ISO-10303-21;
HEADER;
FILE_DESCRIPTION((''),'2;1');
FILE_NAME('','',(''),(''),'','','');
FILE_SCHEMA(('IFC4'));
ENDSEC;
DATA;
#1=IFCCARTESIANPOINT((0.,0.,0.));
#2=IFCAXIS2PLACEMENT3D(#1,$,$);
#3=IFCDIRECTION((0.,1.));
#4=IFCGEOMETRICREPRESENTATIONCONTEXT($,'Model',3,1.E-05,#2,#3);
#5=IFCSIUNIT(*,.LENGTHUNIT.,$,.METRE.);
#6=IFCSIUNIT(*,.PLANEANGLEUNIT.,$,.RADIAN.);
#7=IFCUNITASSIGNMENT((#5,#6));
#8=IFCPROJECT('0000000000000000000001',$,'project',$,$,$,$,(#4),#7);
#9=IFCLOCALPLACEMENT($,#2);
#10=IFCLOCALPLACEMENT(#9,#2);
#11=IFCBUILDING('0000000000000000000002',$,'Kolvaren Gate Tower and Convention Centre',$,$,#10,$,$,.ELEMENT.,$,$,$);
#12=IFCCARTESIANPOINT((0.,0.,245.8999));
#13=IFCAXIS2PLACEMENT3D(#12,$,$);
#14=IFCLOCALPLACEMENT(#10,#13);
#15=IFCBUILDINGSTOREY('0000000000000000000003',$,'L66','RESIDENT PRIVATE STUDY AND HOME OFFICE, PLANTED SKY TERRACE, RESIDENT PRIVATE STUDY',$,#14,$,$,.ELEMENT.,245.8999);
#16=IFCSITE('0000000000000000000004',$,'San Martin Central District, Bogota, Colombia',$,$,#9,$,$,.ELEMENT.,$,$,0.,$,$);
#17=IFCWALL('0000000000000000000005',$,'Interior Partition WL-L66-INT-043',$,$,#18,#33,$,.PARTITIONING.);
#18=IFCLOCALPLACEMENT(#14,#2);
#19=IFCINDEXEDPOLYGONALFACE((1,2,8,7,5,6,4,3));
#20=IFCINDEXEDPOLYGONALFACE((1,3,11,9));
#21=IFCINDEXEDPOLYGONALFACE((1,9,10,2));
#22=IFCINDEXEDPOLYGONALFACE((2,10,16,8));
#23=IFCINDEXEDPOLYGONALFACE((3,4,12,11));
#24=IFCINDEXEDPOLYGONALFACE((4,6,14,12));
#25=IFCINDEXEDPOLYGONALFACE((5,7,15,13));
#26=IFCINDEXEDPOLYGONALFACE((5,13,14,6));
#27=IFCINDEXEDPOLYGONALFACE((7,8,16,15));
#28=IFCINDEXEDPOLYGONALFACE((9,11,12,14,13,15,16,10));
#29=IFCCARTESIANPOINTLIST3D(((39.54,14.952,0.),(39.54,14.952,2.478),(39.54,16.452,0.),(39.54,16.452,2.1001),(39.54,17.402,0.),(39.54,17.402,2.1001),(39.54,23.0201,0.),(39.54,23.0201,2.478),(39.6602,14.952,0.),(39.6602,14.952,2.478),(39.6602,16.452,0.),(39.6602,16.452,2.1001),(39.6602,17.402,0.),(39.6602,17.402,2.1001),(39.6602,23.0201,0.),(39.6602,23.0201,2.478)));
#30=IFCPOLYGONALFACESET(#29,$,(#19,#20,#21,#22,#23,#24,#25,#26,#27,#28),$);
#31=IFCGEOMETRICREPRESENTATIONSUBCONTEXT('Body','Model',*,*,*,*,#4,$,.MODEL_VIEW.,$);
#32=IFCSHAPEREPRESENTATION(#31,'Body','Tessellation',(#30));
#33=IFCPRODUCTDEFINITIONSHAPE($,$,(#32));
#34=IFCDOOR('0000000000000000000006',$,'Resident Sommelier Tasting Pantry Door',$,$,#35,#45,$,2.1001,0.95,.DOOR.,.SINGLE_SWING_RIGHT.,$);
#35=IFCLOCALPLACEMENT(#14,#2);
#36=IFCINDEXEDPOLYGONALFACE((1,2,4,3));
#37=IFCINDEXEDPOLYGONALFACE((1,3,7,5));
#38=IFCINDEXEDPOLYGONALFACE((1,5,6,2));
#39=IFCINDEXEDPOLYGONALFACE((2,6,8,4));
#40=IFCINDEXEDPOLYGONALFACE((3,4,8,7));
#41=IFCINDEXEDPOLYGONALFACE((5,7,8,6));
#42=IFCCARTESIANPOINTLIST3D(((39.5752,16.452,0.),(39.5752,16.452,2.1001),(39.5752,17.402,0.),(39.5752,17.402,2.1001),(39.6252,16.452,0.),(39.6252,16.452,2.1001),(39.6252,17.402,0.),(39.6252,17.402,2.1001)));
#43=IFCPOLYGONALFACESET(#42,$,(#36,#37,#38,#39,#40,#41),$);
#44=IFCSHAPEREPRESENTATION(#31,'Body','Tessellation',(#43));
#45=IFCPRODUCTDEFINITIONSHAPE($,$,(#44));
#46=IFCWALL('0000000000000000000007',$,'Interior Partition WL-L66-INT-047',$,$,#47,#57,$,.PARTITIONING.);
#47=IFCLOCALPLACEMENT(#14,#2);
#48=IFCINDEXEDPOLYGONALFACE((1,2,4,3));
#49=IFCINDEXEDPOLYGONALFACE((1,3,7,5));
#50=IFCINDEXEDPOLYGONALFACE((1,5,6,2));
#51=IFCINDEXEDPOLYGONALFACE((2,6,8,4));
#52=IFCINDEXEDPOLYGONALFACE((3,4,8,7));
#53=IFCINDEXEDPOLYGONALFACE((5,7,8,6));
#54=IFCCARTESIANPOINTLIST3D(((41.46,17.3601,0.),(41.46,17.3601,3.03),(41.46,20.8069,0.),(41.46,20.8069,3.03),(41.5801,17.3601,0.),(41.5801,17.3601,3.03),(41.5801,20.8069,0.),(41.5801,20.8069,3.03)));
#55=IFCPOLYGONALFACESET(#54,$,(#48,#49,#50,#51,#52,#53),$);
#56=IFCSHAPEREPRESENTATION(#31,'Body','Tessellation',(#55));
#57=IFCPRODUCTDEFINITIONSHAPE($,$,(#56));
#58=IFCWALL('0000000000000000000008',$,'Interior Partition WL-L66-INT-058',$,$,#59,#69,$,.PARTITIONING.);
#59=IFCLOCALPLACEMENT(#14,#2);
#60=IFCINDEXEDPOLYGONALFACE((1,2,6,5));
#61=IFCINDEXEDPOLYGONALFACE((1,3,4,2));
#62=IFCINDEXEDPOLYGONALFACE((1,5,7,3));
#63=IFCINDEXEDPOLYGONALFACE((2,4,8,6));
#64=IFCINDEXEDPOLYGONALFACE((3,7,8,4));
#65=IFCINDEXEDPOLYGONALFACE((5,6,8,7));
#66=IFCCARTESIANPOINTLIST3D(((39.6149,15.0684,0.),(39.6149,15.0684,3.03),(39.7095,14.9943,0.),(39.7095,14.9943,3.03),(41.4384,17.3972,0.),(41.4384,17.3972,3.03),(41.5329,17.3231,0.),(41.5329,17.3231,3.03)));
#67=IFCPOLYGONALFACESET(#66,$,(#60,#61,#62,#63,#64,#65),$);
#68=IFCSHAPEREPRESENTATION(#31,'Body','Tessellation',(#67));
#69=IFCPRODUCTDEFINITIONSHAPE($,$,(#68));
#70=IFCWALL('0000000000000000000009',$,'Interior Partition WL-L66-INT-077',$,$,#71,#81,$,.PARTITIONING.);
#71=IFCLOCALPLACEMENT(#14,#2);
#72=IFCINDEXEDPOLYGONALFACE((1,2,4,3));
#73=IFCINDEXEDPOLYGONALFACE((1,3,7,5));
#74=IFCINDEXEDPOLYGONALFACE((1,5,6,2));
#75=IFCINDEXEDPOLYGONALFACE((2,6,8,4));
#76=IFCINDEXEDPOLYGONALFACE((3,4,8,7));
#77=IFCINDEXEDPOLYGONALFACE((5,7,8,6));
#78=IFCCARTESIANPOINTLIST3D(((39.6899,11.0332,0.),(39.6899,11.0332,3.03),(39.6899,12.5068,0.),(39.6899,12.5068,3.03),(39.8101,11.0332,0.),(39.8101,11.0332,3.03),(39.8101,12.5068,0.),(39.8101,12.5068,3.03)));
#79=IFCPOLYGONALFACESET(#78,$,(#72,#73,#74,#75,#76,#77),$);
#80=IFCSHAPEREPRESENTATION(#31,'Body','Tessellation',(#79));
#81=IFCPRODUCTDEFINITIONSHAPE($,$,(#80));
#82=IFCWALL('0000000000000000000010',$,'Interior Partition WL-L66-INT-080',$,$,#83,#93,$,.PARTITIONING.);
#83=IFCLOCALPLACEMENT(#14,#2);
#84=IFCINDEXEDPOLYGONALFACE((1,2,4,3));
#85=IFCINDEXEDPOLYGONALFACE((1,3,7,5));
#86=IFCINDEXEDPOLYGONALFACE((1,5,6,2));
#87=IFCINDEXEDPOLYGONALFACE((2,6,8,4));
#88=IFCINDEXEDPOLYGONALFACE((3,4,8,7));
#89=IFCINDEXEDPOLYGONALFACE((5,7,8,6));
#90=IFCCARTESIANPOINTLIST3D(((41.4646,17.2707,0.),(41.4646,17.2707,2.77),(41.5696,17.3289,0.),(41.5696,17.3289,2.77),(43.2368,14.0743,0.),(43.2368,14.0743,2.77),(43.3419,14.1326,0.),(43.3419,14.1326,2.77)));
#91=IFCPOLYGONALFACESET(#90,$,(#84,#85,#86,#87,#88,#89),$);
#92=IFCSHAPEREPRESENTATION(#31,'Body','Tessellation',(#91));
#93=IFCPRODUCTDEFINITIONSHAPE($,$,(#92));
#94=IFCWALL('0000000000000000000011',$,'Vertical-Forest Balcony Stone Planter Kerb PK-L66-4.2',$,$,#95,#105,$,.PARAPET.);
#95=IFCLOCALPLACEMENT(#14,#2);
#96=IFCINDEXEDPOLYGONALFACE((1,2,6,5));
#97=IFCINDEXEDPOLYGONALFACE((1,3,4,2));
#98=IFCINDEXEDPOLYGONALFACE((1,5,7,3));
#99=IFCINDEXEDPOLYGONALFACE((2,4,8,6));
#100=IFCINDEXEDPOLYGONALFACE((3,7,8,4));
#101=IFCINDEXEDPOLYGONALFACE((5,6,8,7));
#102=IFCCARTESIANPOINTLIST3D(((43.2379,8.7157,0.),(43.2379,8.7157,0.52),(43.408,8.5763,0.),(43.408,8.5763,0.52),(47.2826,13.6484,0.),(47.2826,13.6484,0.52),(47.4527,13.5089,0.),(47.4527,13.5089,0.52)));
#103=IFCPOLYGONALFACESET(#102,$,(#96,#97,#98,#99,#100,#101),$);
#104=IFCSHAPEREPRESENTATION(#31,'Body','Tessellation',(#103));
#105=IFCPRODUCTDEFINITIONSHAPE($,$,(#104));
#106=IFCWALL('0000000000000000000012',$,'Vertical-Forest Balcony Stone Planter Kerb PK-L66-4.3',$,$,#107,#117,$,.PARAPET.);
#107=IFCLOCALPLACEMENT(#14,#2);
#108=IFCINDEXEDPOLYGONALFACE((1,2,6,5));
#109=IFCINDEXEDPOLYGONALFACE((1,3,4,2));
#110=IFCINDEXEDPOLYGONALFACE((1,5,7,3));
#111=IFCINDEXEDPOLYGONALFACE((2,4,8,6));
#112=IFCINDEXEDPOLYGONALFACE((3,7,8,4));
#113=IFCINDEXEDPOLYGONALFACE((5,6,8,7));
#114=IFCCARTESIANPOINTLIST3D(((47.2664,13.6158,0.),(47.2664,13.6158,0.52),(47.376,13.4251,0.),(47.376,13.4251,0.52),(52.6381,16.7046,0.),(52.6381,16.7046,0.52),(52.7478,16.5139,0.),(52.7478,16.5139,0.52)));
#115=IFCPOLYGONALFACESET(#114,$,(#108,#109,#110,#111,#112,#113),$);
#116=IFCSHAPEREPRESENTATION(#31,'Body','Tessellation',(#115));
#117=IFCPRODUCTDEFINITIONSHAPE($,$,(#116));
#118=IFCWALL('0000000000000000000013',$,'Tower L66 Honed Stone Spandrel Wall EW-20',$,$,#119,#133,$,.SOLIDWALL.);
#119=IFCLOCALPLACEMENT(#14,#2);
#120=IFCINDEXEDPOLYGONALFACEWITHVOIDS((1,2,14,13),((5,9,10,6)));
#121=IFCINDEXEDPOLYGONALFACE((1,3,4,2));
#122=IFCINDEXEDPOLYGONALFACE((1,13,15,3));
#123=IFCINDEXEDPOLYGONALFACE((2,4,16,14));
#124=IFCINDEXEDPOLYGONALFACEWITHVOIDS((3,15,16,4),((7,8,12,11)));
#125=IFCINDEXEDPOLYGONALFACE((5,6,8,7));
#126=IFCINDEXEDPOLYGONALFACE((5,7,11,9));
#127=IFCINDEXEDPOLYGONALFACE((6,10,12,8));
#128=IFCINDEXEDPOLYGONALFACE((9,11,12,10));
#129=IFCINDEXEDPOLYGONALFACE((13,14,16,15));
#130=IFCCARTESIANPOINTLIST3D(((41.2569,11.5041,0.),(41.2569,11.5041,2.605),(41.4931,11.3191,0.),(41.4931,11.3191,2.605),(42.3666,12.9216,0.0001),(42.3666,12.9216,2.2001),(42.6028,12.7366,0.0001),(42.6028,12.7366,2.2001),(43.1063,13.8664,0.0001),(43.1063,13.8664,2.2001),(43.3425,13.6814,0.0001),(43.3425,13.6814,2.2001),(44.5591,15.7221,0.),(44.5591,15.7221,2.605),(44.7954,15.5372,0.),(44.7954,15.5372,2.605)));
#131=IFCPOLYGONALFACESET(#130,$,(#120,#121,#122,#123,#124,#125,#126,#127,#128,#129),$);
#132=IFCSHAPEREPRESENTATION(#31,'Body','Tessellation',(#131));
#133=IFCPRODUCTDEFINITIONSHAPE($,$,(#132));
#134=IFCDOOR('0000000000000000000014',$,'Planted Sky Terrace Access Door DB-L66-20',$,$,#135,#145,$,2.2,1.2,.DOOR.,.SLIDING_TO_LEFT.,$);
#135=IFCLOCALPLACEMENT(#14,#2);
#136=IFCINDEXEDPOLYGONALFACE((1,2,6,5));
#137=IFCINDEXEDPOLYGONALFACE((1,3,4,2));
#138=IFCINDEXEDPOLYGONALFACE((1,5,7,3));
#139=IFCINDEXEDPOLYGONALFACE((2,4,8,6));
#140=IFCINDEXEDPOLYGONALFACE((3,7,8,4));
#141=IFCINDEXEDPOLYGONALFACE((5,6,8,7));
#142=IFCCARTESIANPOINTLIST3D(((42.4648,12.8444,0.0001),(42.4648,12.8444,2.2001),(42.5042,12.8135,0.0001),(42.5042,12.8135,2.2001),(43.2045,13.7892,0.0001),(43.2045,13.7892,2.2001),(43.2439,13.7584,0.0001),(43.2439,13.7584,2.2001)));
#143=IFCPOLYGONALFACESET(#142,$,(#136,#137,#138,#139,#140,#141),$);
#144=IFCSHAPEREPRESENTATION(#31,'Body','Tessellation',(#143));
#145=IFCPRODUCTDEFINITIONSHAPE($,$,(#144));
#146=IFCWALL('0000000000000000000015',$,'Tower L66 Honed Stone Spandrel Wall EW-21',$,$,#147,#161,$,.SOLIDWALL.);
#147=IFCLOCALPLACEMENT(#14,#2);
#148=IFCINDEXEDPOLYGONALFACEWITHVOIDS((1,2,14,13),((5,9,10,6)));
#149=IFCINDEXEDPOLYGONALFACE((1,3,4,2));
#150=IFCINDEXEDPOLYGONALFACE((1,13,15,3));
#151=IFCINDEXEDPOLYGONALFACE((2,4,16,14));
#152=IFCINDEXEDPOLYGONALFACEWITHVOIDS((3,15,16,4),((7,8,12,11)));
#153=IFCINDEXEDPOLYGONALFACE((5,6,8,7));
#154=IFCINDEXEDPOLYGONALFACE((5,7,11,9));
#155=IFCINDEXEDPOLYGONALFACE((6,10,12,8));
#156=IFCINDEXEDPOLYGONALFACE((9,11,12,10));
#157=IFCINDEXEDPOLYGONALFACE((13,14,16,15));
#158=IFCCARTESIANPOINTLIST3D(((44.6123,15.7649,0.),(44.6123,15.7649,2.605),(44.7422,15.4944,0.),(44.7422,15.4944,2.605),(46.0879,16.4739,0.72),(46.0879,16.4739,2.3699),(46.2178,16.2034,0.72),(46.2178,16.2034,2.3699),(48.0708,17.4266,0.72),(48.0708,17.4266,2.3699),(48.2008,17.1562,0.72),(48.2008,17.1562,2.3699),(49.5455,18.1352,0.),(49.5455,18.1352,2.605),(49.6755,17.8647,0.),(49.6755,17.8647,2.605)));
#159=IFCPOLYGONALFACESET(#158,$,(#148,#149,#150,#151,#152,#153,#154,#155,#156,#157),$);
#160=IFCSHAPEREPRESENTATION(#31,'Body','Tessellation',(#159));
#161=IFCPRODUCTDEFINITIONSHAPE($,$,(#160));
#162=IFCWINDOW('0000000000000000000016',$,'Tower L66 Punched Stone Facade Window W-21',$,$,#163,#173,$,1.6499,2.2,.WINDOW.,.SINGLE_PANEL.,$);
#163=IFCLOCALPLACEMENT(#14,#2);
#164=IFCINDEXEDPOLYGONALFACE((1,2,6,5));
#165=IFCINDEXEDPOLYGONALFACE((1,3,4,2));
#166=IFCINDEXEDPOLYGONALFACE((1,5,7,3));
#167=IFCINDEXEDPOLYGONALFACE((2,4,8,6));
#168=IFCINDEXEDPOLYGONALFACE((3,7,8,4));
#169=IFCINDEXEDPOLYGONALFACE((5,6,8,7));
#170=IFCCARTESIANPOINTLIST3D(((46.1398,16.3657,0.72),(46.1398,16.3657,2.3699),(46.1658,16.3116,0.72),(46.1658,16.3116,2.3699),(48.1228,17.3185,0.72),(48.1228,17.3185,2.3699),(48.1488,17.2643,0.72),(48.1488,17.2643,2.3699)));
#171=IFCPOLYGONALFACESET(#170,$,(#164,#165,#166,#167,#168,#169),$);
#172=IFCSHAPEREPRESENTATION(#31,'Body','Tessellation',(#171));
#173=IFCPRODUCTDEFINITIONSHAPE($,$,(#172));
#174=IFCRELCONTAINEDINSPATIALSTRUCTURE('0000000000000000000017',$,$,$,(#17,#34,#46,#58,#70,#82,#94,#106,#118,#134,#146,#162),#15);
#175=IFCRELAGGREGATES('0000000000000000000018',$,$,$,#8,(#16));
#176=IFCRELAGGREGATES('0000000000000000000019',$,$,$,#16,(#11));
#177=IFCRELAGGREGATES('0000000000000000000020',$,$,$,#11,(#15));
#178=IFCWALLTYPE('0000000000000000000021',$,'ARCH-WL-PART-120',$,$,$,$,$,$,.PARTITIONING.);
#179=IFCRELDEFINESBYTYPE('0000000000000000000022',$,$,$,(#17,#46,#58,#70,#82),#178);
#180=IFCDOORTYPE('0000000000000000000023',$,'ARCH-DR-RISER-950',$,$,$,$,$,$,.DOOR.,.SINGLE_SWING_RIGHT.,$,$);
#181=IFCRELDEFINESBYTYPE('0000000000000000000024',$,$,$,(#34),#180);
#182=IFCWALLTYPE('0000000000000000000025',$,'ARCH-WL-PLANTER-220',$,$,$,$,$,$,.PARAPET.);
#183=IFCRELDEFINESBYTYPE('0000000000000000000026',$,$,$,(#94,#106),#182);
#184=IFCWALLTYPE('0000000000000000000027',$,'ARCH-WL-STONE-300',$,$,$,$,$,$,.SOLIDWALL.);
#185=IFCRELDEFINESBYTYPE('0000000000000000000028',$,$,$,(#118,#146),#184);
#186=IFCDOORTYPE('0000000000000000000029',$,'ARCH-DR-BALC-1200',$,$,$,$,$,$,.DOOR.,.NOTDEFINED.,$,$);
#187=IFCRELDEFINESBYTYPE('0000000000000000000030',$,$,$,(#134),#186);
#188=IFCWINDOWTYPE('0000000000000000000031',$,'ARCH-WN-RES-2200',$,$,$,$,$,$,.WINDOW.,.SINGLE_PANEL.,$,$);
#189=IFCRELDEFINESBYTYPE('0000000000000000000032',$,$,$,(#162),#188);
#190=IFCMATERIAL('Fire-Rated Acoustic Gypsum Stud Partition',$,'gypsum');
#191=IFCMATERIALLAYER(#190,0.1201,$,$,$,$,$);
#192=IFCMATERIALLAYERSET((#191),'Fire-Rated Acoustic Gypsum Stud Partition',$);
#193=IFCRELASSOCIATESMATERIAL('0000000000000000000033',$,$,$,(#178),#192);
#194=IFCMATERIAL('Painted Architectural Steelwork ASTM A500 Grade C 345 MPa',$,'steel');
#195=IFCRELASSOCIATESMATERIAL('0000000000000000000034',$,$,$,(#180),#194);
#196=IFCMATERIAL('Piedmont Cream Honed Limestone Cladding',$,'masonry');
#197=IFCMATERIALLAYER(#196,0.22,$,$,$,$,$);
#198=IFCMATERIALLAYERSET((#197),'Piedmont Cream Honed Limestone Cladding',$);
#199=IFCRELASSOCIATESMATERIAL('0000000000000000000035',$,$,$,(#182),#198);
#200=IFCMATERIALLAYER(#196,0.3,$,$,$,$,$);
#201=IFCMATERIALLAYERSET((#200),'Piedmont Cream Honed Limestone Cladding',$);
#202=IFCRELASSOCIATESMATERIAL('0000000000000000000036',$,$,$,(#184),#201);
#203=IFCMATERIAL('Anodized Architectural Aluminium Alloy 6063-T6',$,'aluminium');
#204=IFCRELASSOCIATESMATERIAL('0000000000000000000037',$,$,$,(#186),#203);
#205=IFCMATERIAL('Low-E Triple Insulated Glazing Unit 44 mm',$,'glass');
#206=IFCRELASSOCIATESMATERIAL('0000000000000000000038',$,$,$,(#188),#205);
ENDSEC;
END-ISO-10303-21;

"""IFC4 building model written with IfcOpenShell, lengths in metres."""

from ifc_helpers import new_model, si_unit, direction, frame, frame_2d, origin, place, context, subcontext, project, spatial, rectangle, extrude, material, layer, layer_set, type_object, element, fill, save


model = new_model("IFC4")

# Units and contexts
model_context = context("Model", 3, precision=1e-05, world=origin(), true_north=direction((0.0, 1.0)))
body_context = subcontext(model_context, "Body", "Model", "MODEL_VIEW")
ifc_project = project(units=[si_unit("LENGTHUNIT", "METRE"), si_unit("PLANEANGLEUNIT", "RADIAN")], contexts=[model_context])

# Site, building, storey
site_placement = place(None, origin())
site = spatial("IfcSite", under=ifc_project, at=site_placement, Name="San Martin Central District, Bogota, Colombia", CompositionType="ELEMENT", RefElevation=0.0)
building_placement = place(site_placement, origin())
building = spatial("IfcBuilding", under=site, at=building_placement, Name="Kolvaren Gate Tower and Convention Centre", CompositionType="ELEMENT")
storey_placement = place(building_placement, frame((0.0, 0.0, 245.8999)))
storey = spatial("IfcBuildingStorey", under=building, at=storey_placement, Name="L66", Description="RESIDENT PRIVATE STUDY AND HOME OFFICE, PLANTED SKY TERRACE, RESIDENT PRIVATE STUDY", CompositionType="ELEMENT", Elevation=245.8999)

# Wall, opening, door
ifc_material_1 = material(Name="Fire-Rated Acoustic Gypsum Stud Partition", Category="gypsum")
ifc_layer_1 = layer(ifc_material_1, 0.1201)
ifc_layer_set_1 = layer_set([ifc_layer_1], Name="Fire-Rated Acoustic Gypsum Stud Partition")
wall_type_1 = type_object("IfcWallType", Name="ARCH-WL-PART-120", PredefinedType="PARTITIONING", material=ifc_layer_set_1)
wall_1_placement = place(storey_placement, frame((39.6001, 14.9519, 0.0), z_axis=(0.0, 0.0, 1.0), x_axis=(0.0, 1.0, 0.0)))
wall_1 = element("IfcWall", 1, at=wall_1_placement, inside=storey, type_object=wall_type_1, Name="Interior Partition WL-L66-INT-043", PredefinedType="PARTITIONING", context=body_context, shape_type="SweptSolid", body=[
    extrude(rectangle(XDim=8.0681, YDim=0.1201, at=frame_2d((4.0342, 0.0))), origin(), (0.0, 0.0, 1.0), 2.478),
])
opening_1_placement = place(wall_1_placement, frame((1.5, 0.0, 0.0)))
opening_1 = element("IfcOpeningElement", 2, at=opening_1_placement, cuts=wall_1, PredefinedType="OPENING", context=body_context, shape_type="SweptSolid", body=[
    extrude(rectangle(XDim=0.95, YDim=2.1001, at=frame_2d((0.4751, 1.05))), frame((0.0, 0.0701, 0.0), z_axis=(0.0, -1.0, 0.0), x_axis=(1.0, 0.0, 0.0)), (0.0, 0.0, 1.0), 0.1401),
])
ifc_material_2 = material(Name="Painted Architectural Steelwork ASTM A500 Grade C 345 MPa", Category="steel")
door_type_1 = type_object("IfcDoorType", Name="ARCH-DR-RISER-950", OperationType="SINGLE_SWING_RIGHT", PredefinedType="DOOR", material=ifc_material_2)
door_1_placement = place(opening_1_placement, origin())
door_1 = element("IfcDoor", 3, at=door_1_placement, inside=storey, type_object=door_type_1, Name="Resident Sommelier Tasting Pantry Door", OperationType="SINGLE_SWING_RIGHT", OverallHeight=2.1001, OverallWidth=0.95, PredefinedType="DOOR", context=body_context, shape_type="SweptSolid", body=[
    extrude(rectangle(XDim=0.95, YDim=2.1001, at=frame_2d((0.4751, 1.05))), frame((0.0, 0.0249, 0.0), z_axis=(0.0, -1.0, 0.0), x_axis=(1.0, 0.0, 0.0)), (0.0, 0.0, 1.0), 0.05),
])
fill(opening_1, door_1)

# Walls
wall_2_placement = place(storey_placement, frame((41.52, 17.3601, 0.0), z_axis=(0.0, 0.0, 1.0), x_axis=(0.0, 1.0, 0.0)))
element("IfcWall", 4, at=wall_2_placement, inside=storey, type_object=wall_type_1, Name="Interior Partition WL-L66-INT-047", PredefinedType="PARTITIONING", context=body_context, shape_type="SweptSolid", body=[
    extrude(rectangle(XDim=3.4468, YDim=0.1201, at=frame_2d((1.7234, 0.0))), origin(), (0.0, 0.0, 1.0), 3.03),
])
wall_3_placement = place(storey_placement, frame((39.6621, 15.0312, 0.0), z_axis=(0.0, 0.0, 1.0), x_axis=(0.616497, 0.787357, 0.0)))
element("IfcWall", 5, at=wall_3_placement, inside=storey, type_object=wall_type_1, Name="Interior Partition WL-L66-INT-058", PredefinedType="PARTITIONING", context=body_context, shape_type="SweptSolid", body=[
    extrude(rectangle(XDim=2.9578, YDim=0.1201, at=frame_2d((1.479, 0.0))), origin(), (0.0, 0.0, 1.0), 3.03),
])
wall_4_placement = place(storey_placement, frame((39.75, 11.0332, 0.0), z_axis=(0.0, 0.0, 1.0), x_axis=(0.0, 1.0, 0.0)))
element("IfcWall", 6, at=wall_4_placement, inside=storey, type_object=wall_type_1, Name="Interior Partition WL-L66-INT-077", PredefinedType="PARTITIONING", context=body_context, shape_type="SweptSolid", body=[
    extrude(rectangle(XDim=1.4736, YDim=0.1201, at=frame_2d((0.7368, 0.0))), origin(), (0.0, 0.0, 1.0), 3.03),
])
wall_5_placement = place(storey_placement, frame((41.5171, 17.2998, 0.0), z_axis=(0.0, 0.0, 1.0), x_axis=(0.484911, -0.874563, 0.0)))
element("IfcWall", 7, at=wall_5_placement, inside=storey, type_object=wall_type_1, Name="Interior Partition WL-L66-INT-080", PredefinedType="PARTITIONING", context=body_context, shape_type="SweptSolid", body=[
    extrude(rectangle(XDim=3.6548, YDim=0.1201, at=frame_2d((1.8274, 0.0))), origin(), (0.0, 0.0, 1.0), 2.77),
])
ifc_material_3 = material(Name="Piedmont Cream Honed Limestone Cladding", Category="masonry")
ifc_layer_2 = layer(ifc_material_3, 0.22)
ifc_layer_set_2 = layer_set([ifc_layer_2], Name="Piedmont Cream Honed Limestone Cladding")
wall_type_2 = type_object("IfcWallType", Name="ARCH-WL-PLANTER-220", PredefinedType="PARAPET", material=ifc_layer_set_2)
wall_6_placement = place(storey_placement, frame((43.323, 8.646, 0.0), z_axis=(0.0, 0.0, 1.0), x_axis=(0.634073, 0.773273, 0.0)))
element("IfcWall", 8, at=wall_6_placement, inside=storey, type_object=wall_type_2, Name="Vertical-Forest Balcony Stone Planter Kerb PK-L66-4.2", PredefinedType="PARAPET", context=body_context, shape_type="SweptSolid", body=[
    extrude(rectangle(XDim=6.3789, YDim=0.22, at=frame_2d((3.1895, 0.0))), origin(), (0.0, 0.0, 1.0), 0.52),
])
wall_7_placement = place(storey_placement, frame((47.3213, 13.5205, 0.0), z_axis=(0.0, 0.0, 1.0), x_axis=(0.866902, 0.498479, 0.0)))
element("IfcWall", 9, at=wall_7_placement, inside=storey, type_object=wall_type_2, Name="Vertical-Forest Balcony Stone Planter Kerb PK-L66-4.3", PredefinedType="PARAPET", context=body_context, shape_type="SweptSolid", body=[
    extrude(rectangle(XDim=6.1965, YDim=0.22, at=frame_2d((3.0981, 0.0))), origin(), (0.0, 0.0, 1.0), 0.52),
])

# Wall, opening, door
ifc_layer_3 = layer(ifc_material_3, 0.3)
ifc_layer_set_3 = layer_set([ifc_layer_3], Name="Piedmont Cream Honed Limestone Cladding")
wall_type_3 = type_object("IfcWallType", Name="ARCH-WL-STONE-300", PredefinedType="SOLIDWALL", material=ifc_layer_set_3)
wall_8_placement = place(storey_placement, frame((41.375, 11.4116, 0.0), z_axis=(0.0, 0.0, 1.0), x_axis=(0.616446, 0.787397, 0.0)))
wall_8 = element("IfcWall", 10, at=wall_8_placement, inside=storey, type_object=wall_type_3, Name="Tower L66 Honed Stone Spandrel Wall EW-20", PredefinedType="SOLIDWALL", context=body_context, shape_type="SweptSolid", body=[
    extrude(rectangle(XDim=5.3569, YDim=0.3, at=frame_2d((2.6785, 0.0))), origin(), (0.0, 0.0, 1.0), 2.605),
])
opening_2_placement = place(wall_8_placement, frame((1.8, 0.0, 0.0)))
opening_2 = element("IfcOpeningElement", 11, at=opening_2_placement, cuts=wall_8, PredefinedType="OPENING", context=body_context, shape_type="SweptSolid", body=[
    extrude(rectangle(XDim=1.2, YDim=2.2, at=frame_2d((0.6001, 1.1001))), frame((0.0, 0.1599, 0.0), z_axis=(0.0, -1.0, 0.0), x_axis=(1.0, 0.0, 0.0)), (0.0, 0.0, 1.0), 0.3201),
])
ifc_material_4 = material(Name="Anodized Architectural Aluminium Alloy 6063-T6", Category="aluminium")
door_type_2 = type_object("IfcDoorType", Name="ARCH-DR-BALC-1200", OperationType="NOTDEFINED", PredefinedType="DOOR", material=ifc_material_4)
door_2_placement = place(opening_2_placement, frame((1.2, 0.0, 0.0), z_axis=(0.0, 0.0, 1.0), x_axis=(-1.0, 0.0, 0.0)))
door_2 = element("IfcDoor", 12, at=door_2_placement, inside=storey, type_object=door_type_2, Name="Planted Sky Terrace Access Door DB-L66-20", OperationType="SLIDING_TO_LEFT", OverallHeight=2.2, OverallWidth=1.2, PredefinedType="DOOR", context=body_context, shape_type="SweptSolid", body=[
    extrude(rectangle(XDim=1.2, YDim=2.2, at=frame_2d((0.6001, 1.1001))), frame((0.0, 0.0249, 0.0), z_axis=(0.0, -1.0, 0.0), x_axis=(1.0, 0.0, 0.0)), (0.0, 0.0, 1.0), 0.05),
])
fill(opening_2, door_2)

# Wall, opening, window
wall_9_placement = place(storey_placement, frame((44.6772, 15.6296, 0.0), z_axis=(0.0, 0.0, 1.0), x_axis=(0.901355, 0.433081, 0.0)))
wall_9 = element("IfcWall", 13, at=wall_9_placement, inside=storey, type_object=wall_type_3, Name="Tower L66 Honed Stone Spandrel Wall EW-21", PredefinedType="SOLIDWALL", context=body_context, shape_type="SweptSolid", body=[
    extrude(rectangle(XDim=5.4731, YDim=0.3, at=frame_2d((2.7366, 0.0))), origin(), (0.0, 0.0, 1.0), 2.605),
])
opening_3_placement = place(wall_9_placement, frame((1.637, 0.0, 0.72)))
opening_3 = element("IfcOpeningElement", 14, at=opening_3_placement, cuts=wall_9, PredefinedType="OPENING", context=body_context, shape_type="SweptSolid", body=[
    extrude(rectangle(XDim=2.2, YDim=1.6499, at=frame_2d((1.1001, 0.825))), frame((0.0, 0.1599, 0.0), z_axis=(0.0, -1.0, 0.0), x_axis=(1.0, 0.0, 0.0)), (0.0, 0.0, 1.0), 0.3201),
])
ifc_material_5 = material(Name="Low-E Triple Insulated Glazing Unit 44 mm", Category="glass")
window_type = type_object("IfcWindowType", Name="ARCH-WN-RES-2200", PartitioningType="SINGLE_PANEL", PredefinedType="WINDOW", material=ifc_material_5)
window_1_placement = place(opening_3_placement, origin())
window_1 = element("IfcWindow", 15, at=window_1_placement, inside=storey, type_object=window_type, Name="Tower L66 Punched Stone Facade Window W-21", OverallHeight=1.6499, OverallWidth=2.2, PartitioningType="SINGLE_PANEL", PredefinedType="WINDOW", context=body_context, shape_type="SweptSolid", body=[
    extrude(rectangle(XDim=2.2, YDim=1.6499, at=frame_2d((1.1001, 0.825))), frame((0.0, 0.03, 0.0), z_axis=(0.0, -1.0, 0.0), x_axis=(1.0, 0.0, 0.0)), (0.0, 0.0, 1.0), 0.0601),
])
fill(opening_3, window_1)

save(model, "model.ifc")
